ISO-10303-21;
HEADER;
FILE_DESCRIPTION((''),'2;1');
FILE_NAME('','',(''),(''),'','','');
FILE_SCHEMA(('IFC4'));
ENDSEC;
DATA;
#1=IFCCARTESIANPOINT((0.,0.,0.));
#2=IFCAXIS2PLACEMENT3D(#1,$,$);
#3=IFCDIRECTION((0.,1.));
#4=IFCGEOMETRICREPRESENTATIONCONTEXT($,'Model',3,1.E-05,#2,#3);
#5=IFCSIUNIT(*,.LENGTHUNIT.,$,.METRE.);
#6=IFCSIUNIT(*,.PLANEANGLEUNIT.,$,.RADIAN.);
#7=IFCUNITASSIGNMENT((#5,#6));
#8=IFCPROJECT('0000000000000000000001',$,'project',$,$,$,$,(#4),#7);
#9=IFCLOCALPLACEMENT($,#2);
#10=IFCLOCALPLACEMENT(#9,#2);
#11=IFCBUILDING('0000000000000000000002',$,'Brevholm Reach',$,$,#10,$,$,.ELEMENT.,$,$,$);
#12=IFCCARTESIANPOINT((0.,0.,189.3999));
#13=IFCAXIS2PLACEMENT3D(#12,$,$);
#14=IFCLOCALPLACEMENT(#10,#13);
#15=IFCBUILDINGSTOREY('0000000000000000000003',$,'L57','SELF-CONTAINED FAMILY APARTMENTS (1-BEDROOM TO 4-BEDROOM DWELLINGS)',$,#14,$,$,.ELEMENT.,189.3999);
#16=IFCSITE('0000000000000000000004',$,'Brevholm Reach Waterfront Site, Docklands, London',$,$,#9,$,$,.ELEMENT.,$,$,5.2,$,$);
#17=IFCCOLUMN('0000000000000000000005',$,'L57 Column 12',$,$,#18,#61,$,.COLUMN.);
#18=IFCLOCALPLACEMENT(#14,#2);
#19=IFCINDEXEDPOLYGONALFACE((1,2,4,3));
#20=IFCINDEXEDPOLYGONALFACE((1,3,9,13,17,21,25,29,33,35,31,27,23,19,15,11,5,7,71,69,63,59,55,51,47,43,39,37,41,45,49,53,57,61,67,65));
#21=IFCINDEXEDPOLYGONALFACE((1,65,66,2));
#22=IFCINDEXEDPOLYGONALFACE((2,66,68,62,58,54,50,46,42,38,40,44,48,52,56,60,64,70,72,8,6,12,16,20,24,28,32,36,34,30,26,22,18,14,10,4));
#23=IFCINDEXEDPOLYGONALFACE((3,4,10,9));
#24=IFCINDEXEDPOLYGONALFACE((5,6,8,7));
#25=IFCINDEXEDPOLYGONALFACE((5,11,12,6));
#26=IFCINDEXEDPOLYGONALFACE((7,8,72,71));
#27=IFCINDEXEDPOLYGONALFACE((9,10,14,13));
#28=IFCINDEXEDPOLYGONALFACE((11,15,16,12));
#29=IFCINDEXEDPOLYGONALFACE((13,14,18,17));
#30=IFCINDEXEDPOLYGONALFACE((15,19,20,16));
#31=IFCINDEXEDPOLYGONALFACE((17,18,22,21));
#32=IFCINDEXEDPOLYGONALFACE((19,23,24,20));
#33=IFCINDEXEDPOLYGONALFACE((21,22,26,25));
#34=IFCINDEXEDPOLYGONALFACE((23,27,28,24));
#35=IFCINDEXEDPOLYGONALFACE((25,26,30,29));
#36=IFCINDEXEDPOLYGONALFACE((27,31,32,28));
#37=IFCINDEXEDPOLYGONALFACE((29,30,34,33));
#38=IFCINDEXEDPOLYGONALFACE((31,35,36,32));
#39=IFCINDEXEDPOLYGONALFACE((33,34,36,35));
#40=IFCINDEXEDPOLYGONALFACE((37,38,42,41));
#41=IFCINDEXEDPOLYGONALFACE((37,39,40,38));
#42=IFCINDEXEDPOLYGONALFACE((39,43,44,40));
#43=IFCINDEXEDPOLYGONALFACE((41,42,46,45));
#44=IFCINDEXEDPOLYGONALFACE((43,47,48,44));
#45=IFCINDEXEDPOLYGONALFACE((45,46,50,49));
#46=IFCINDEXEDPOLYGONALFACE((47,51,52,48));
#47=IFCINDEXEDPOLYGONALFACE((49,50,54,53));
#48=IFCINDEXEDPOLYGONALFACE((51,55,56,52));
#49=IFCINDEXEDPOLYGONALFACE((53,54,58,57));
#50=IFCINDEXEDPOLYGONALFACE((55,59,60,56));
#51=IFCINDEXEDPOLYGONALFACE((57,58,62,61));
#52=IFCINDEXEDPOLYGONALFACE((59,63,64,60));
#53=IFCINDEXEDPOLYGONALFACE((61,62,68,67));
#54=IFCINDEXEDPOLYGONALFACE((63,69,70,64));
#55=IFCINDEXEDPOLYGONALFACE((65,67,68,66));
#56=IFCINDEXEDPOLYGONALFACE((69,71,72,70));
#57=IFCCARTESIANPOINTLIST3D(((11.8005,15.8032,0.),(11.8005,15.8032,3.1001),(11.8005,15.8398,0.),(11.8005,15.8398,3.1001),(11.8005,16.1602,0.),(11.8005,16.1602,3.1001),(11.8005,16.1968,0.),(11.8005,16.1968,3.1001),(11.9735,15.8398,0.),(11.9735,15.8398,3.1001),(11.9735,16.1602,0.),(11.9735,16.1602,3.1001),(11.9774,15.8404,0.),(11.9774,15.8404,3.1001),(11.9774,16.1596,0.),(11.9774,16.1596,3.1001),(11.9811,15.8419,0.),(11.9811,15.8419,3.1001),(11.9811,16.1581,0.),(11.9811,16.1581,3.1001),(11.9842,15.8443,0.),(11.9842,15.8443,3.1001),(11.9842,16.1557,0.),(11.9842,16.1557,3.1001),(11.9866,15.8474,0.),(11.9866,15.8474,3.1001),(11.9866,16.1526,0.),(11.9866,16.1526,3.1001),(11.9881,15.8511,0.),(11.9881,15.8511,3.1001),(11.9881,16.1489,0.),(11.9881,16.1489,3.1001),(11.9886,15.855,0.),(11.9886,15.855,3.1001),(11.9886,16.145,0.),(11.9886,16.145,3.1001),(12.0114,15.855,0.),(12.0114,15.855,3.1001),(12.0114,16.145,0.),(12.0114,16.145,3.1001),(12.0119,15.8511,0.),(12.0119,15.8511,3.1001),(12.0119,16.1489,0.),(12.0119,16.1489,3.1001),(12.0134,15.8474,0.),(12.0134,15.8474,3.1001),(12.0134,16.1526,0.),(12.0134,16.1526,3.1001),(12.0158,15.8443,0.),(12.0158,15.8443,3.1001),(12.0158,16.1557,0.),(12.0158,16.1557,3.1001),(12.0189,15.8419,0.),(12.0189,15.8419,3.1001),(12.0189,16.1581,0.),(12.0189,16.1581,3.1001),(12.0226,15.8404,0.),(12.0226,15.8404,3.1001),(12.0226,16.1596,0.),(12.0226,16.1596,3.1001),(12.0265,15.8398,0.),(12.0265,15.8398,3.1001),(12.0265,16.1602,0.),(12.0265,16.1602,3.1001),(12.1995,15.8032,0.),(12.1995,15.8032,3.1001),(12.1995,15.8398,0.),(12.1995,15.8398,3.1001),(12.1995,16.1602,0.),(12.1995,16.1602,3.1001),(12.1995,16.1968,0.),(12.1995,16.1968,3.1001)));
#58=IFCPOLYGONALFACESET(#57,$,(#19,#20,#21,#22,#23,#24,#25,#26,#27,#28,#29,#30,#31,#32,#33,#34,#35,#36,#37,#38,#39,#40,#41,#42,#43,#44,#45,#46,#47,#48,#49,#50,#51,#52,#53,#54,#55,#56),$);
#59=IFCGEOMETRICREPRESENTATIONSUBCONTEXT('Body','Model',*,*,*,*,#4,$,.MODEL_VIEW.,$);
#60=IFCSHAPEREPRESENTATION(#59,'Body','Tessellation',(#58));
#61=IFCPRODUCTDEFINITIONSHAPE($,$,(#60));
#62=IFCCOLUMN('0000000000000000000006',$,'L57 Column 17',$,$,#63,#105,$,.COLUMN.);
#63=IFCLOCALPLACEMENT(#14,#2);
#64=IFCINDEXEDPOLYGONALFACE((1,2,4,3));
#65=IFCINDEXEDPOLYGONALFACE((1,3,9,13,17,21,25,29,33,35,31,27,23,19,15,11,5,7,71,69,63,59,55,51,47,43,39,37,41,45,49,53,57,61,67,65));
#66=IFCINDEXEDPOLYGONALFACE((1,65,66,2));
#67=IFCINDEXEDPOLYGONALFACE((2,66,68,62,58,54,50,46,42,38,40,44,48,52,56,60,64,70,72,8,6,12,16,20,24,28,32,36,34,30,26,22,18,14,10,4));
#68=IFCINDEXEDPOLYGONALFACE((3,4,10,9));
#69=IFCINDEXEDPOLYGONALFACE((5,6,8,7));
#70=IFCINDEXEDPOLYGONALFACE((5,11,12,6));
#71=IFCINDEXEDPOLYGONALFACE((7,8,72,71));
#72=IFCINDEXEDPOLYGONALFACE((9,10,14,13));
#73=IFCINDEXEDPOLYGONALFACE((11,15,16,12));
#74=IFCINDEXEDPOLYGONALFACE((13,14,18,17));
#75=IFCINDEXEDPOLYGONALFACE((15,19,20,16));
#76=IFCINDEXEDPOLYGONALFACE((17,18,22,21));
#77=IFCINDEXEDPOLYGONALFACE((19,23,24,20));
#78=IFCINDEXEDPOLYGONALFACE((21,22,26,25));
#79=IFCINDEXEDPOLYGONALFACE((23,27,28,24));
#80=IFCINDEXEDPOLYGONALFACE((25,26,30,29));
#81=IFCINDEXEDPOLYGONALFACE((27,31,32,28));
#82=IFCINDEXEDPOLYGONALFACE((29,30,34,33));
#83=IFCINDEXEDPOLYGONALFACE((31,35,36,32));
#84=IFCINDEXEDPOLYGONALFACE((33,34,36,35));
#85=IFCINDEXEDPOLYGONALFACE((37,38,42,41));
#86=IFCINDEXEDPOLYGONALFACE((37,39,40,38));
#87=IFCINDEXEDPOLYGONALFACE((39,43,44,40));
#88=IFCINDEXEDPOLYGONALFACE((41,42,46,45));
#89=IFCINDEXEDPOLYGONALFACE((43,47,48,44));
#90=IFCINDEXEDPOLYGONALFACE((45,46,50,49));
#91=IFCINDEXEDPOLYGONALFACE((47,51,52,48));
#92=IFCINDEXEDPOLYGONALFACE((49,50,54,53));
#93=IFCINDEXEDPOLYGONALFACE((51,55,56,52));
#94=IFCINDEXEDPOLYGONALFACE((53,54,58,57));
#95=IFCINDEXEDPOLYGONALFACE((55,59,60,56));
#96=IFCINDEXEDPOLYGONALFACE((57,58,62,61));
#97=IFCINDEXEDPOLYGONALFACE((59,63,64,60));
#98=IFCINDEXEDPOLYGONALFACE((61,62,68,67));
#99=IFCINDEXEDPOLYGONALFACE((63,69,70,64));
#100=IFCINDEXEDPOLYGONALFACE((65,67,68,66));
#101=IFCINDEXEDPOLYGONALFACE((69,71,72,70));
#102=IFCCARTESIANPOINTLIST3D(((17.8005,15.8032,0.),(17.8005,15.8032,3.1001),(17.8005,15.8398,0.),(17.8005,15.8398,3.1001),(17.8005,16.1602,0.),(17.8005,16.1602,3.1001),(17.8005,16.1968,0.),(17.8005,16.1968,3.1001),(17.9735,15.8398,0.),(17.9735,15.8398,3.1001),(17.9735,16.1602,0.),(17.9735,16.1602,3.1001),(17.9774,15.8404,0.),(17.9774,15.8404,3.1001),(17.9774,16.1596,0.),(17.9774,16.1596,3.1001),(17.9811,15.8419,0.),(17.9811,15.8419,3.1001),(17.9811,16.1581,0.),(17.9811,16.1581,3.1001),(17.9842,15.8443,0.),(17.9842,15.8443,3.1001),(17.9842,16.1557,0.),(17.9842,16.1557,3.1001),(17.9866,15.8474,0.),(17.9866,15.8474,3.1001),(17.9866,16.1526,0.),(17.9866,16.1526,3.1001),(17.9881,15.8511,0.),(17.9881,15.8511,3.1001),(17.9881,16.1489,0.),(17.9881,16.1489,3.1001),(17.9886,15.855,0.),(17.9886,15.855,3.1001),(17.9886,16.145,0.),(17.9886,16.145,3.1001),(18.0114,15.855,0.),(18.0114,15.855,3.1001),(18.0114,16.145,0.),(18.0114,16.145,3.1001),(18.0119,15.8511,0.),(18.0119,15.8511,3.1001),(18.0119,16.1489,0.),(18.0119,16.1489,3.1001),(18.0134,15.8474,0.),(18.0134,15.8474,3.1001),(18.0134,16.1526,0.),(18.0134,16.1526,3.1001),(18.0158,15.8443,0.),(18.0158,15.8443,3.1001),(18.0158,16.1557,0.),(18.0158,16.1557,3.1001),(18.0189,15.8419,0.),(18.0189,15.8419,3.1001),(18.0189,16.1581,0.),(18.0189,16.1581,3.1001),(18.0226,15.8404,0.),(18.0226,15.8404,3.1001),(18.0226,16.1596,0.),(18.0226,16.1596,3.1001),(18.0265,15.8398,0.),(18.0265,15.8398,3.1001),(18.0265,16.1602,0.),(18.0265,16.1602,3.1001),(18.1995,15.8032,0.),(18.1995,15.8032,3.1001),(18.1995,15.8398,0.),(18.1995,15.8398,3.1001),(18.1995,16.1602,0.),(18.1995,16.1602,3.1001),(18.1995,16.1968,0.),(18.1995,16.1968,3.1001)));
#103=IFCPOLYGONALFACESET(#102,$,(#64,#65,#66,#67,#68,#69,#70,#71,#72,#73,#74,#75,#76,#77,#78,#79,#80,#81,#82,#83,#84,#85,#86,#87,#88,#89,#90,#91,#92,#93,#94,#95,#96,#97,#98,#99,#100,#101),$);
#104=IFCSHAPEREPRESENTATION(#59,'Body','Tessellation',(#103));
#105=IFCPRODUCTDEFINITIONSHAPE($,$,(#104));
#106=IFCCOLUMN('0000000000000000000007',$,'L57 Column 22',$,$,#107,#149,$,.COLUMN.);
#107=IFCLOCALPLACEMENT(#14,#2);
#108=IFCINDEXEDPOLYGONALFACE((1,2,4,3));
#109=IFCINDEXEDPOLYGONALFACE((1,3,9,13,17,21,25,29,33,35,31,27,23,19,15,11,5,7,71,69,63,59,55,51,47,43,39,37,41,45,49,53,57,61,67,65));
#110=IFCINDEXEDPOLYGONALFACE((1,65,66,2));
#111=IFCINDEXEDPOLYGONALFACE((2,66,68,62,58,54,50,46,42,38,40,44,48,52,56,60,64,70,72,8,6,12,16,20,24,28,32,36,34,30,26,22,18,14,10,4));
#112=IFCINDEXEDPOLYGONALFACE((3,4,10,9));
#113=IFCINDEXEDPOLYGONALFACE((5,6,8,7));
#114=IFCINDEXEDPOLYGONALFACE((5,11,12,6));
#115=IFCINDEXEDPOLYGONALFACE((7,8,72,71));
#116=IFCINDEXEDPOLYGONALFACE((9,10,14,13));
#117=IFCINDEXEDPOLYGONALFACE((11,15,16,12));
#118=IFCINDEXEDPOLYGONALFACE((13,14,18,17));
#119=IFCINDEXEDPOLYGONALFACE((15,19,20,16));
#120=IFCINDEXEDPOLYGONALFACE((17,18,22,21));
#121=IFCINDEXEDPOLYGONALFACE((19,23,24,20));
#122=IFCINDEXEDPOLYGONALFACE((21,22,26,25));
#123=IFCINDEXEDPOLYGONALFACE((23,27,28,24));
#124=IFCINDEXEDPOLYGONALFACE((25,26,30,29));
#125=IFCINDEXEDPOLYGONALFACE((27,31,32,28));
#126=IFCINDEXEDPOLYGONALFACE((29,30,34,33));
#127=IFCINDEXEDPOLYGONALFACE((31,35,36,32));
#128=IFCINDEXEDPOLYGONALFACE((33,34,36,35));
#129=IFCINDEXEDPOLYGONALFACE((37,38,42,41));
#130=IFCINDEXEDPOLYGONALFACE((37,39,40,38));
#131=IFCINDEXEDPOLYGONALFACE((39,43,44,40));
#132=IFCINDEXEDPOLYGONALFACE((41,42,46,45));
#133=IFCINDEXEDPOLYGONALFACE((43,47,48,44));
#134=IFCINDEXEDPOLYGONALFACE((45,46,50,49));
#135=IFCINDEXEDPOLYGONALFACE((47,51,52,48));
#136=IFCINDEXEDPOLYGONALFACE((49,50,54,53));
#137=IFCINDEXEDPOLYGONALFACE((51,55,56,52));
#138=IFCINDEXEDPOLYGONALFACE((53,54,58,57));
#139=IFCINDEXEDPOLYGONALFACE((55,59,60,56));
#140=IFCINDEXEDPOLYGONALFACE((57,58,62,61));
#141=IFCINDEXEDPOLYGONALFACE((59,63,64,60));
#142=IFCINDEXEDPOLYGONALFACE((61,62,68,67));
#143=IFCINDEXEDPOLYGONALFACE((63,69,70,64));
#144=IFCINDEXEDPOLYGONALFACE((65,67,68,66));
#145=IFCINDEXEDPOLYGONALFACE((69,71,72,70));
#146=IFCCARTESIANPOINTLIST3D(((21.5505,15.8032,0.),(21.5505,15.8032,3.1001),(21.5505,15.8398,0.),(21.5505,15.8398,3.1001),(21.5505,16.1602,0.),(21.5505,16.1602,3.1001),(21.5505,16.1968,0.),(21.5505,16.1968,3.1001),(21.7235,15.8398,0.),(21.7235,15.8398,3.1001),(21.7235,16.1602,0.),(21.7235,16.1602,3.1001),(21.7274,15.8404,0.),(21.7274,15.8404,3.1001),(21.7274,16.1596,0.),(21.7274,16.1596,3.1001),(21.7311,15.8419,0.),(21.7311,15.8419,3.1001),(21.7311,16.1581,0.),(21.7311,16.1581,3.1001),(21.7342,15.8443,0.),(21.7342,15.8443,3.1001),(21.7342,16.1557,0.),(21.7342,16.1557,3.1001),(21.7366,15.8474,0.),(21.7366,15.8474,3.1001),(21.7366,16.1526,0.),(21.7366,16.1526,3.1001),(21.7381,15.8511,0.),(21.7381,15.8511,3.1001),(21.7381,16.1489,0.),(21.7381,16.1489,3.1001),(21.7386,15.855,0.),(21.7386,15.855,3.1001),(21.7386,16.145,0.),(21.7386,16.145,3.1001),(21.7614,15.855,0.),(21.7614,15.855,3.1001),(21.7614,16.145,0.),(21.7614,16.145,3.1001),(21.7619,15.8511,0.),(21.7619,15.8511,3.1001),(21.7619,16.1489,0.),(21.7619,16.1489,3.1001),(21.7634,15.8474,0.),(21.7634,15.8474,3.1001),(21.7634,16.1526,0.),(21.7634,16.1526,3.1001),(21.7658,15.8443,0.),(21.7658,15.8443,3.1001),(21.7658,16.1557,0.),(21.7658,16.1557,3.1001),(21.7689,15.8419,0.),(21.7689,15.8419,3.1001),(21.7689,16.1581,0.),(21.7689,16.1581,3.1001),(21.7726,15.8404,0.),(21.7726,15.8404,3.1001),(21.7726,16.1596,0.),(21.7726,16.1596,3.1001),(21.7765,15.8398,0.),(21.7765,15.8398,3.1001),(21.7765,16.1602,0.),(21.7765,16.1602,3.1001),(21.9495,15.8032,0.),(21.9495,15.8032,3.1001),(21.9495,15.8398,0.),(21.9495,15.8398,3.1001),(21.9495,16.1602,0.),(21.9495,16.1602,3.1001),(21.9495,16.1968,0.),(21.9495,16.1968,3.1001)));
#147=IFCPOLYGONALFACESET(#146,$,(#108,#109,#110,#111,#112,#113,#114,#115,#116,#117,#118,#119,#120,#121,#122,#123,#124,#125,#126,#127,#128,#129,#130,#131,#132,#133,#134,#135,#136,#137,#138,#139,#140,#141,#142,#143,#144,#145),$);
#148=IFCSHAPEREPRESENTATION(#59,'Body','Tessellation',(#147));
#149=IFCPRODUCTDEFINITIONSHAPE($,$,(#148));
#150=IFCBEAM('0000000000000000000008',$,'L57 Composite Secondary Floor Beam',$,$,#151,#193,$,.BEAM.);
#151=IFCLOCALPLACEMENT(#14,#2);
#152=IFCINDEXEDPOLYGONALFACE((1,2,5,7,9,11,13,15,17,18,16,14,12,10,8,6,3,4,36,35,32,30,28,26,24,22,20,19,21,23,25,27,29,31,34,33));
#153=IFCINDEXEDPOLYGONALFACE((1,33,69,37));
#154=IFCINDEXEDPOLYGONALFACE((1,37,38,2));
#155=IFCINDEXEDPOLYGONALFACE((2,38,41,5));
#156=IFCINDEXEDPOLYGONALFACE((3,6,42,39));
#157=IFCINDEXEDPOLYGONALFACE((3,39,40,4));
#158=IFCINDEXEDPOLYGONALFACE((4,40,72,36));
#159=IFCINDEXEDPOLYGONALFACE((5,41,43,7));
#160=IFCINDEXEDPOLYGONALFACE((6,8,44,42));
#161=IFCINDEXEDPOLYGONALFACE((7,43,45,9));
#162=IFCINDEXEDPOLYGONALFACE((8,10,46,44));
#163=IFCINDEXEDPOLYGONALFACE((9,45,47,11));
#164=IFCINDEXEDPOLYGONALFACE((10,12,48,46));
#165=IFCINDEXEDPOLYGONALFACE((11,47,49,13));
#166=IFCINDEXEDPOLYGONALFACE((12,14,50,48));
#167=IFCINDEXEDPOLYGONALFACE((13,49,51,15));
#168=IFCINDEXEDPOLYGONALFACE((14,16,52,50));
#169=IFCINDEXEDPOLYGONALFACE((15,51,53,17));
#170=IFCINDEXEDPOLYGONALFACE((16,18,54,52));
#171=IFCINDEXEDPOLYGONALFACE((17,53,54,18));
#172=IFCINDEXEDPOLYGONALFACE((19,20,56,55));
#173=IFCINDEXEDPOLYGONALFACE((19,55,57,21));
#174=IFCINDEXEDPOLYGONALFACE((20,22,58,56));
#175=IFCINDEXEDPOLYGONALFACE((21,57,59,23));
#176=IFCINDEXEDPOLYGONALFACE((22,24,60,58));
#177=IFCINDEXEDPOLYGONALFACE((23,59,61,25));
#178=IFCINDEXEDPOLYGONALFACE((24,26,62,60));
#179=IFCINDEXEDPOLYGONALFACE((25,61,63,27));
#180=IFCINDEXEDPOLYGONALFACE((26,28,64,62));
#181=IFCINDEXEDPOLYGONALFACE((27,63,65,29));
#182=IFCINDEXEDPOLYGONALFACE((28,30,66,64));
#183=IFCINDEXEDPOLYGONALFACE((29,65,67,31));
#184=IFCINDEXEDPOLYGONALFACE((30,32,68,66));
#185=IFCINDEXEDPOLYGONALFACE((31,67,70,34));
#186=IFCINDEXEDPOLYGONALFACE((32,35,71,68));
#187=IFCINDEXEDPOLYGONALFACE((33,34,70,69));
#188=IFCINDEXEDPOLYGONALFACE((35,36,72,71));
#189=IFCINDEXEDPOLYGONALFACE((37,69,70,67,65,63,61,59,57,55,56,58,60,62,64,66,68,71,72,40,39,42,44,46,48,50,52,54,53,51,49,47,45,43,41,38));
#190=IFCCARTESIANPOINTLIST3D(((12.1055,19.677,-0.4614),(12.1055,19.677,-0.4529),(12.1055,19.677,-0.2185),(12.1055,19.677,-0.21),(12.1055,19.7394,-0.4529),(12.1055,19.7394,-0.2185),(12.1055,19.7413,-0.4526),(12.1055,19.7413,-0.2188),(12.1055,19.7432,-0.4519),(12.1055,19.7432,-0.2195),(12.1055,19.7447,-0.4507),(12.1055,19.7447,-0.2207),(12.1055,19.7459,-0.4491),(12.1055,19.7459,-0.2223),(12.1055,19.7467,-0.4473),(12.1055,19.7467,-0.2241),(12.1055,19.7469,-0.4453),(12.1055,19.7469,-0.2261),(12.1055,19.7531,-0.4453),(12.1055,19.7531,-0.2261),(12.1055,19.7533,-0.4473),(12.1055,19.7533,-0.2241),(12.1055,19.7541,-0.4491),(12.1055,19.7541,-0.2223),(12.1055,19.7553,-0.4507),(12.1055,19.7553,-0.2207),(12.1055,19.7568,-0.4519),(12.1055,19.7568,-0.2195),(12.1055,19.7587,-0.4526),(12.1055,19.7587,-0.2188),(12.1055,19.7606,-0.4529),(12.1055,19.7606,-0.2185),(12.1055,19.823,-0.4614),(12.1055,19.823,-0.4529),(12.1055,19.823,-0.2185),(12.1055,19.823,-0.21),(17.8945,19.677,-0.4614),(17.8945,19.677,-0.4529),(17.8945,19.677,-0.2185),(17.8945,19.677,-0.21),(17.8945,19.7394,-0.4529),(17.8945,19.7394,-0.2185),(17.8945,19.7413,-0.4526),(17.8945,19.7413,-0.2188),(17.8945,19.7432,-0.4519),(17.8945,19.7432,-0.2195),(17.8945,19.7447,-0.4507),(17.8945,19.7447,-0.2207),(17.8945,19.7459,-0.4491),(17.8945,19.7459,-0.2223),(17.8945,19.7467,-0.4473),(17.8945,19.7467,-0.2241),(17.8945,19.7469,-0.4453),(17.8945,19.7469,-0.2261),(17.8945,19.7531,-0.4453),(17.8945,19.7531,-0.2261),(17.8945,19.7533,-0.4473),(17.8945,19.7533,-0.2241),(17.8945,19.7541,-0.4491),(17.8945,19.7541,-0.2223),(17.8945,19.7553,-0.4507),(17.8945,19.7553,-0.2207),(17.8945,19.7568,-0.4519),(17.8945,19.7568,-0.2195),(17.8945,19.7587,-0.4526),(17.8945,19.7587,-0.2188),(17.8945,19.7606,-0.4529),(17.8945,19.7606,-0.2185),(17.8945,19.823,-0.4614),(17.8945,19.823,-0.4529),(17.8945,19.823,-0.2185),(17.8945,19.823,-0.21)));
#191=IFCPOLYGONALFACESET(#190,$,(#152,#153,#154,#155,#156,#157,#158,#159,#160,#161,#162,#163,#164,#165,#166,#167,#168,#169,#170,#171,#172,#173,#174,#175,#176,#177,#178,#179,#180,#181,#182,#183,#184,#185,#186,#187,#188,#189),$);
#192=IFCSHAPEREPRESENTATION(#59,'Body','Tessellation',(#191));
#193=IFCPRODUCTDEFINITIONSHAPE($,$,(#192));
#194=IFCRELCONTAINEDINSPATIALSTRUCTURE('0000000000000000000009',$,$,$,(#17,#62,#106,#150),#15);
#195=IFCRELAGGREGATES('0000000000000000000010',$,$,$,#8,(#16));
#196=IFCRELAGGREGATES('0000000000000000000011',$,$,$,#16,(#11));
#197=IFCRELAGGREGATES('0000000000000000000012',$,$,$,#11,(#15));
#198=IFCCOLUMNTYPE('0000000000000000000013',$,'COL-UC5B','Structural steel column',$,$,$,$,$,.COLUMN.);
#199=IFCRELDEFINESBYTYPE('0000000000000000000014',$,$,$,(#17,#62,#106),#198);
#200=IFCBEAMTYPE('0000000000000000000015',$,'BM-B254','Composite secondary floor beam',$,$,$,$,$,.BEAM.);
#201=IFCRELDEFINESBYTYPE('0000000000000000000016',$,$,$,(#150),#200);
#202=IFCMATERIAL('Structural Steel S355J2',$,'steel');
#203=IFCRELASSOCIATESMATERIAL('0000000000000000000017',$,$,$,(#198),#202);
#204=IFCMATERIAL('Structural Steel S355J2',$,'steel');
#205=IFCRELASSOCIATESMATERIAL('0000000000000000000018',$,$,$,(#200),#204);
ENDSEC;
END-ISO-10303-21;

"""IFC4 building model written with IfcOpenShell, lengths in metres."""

from ifc_helpers import new_model, si_unit, direction, frame, origin, origin_2d, place, context, subcontext, project, spatial, i_section, extrude, material, material_profile, profile_set, type_object, element, save


model = new_model("IFC4")

# Units and contexts
model_context = context("Model", 3, precision=1e-05, world=origin(), true_north=direction((0.0, 1.0)))
body_context = subcontext(model_context, "Body", "Model", "MODEL_VIEW")
ifc_project = project(units=[si_unit("LENGTHUNIT", "METRE"), si_unit("PLANEANGLEUNIT", "RADIAN")], contexts=[model_context])

# Site, building, storey
site_placement = place(None, origin())
site = spatial("IfcSite", under=ifc_project, at=site_placement, Name="Brevholm Reach Waterfront Site, Docklands, London", CompositionType="ELEMENT", RefElevation=5.2)
building_placement = place(site_placement, origin())
building = spatial("IfcBuilding", under=site, at=building_placement, Name="Brevholm Reach", CompositionType="ELEMENT")
storey_placement = place(building_placement, frame((0.0, 0.0, 189.3999)))
storey = spatial("IfcBuildingStorey", under=building, at=storey_placement, Name="L57", Description="SELF-CONTAINED FAMILY APARTMENTS (1-BEDROOM TO 4-BEDROOM DWELLINGS)", CompositionType="ELEMENT", Elevation=189.3999)

# Columns
ifc_material_1 = material(Name="Structural Steel S355J2", Category="steel")
ifc_material_profile_1 = material_profile(ifc_material_1, i_section(OverallWidth=0.3989, OverallDepth=0.3936, WebThickness=0.0227, FlangeThickness=0.0366, FilletRadius=0.0151, at=origin_2d()), Name="UKC 356x406x287")
ifc_profile_set_1 = profile_set([ifc_material_profile_1], Name="Structural Steel S355J2")
column_type = type_object("IfcColumnType", Name="COL-UC5B", Description="Structural steel column", PredefinedType="COLUMN", material=ifc_profile_set_1)
for number, where, z_axis, x_axis, name in (
    (1, (12.0, 16.0, 0.0), (0.0, 0.0, 1.0), (1.0, 0.0, 0.0), "L57 Column 12"),
    (2, (18.0, 16.0, 0.0), (0.0, 0.0, 1.0), (1.0, 0.0, 0.0), "L57 Column 17"),
    (3, (21.75, 16.0, 0.0), (0.0, 0.0, 1.0), (1.0, 0.0, 0.0), "L57 Column 22"),
):
    element("IfcColumn", number, at=place(storey_placement, frame(where, z_axis=z_axis, x_axis=x_axis)), inside=storey, type_object=column_type, Name=name, PredefinedType="COLUMN", context=body_context, shape_type="SweptSolid", body=[
        extrude(i_section(OverallWidth=0.3989, OverallDepth=0.3936, WebThickness=0.0227, FlangeThickness=0.0366, FilletRadius=0.0151, at=origin_2d()), origin(), (0.0, 0.0, 1.0), 3.1001),
    ])

# Beam
ifc_material_2 = material(Name="Structural Steel S355J2", Category="steel")
ifc_material_profile_2 = material_profile(ifc_material_2, i_section(OverallWidth=0.146, OverallDepth=0.2515, WebThickness=0.0061, FlangeThickness=0.0085, FilletRadius=0.0076, at=origin_2d()), Name="UKB 254x146x31")
ifc_profile_set_2 = profile_set([ifc_material_profile_2], Name="Structural Steel S355J2")
beam_type_1 = type_object("IfcBeamType", Name="BM-B254", Description="Composite secondary floor beam", PredefinedType="BEAM", material=ifc_profile_set_2)
beam_1_placement = place(storey_placement, frame((12.1055, 19.75, -0.3357), z_axis=(1.0, 0.0, 0.0), x_axis=(0.0, 1.0, 0.0)))
element("IfcBeam", 4, at=beam_1_placement, inside=storey, type_object=beam_type_1, Name="L57 Composite Secondary Floor Beam", PredefinedType="BEAM", context=body_context, shape_type="SweptSolid", body=[
    extrude(i_section(OverallWidth=0.146, OverallDepth=0.2515, WebThickness=0.0061, FlangeThickness=0.0085, FilletRadius=0.0076, at=origin_2d()), origin(), (0.0, 0.0, 1.0), 5.7891),
])

save(model, "model.ifc")
